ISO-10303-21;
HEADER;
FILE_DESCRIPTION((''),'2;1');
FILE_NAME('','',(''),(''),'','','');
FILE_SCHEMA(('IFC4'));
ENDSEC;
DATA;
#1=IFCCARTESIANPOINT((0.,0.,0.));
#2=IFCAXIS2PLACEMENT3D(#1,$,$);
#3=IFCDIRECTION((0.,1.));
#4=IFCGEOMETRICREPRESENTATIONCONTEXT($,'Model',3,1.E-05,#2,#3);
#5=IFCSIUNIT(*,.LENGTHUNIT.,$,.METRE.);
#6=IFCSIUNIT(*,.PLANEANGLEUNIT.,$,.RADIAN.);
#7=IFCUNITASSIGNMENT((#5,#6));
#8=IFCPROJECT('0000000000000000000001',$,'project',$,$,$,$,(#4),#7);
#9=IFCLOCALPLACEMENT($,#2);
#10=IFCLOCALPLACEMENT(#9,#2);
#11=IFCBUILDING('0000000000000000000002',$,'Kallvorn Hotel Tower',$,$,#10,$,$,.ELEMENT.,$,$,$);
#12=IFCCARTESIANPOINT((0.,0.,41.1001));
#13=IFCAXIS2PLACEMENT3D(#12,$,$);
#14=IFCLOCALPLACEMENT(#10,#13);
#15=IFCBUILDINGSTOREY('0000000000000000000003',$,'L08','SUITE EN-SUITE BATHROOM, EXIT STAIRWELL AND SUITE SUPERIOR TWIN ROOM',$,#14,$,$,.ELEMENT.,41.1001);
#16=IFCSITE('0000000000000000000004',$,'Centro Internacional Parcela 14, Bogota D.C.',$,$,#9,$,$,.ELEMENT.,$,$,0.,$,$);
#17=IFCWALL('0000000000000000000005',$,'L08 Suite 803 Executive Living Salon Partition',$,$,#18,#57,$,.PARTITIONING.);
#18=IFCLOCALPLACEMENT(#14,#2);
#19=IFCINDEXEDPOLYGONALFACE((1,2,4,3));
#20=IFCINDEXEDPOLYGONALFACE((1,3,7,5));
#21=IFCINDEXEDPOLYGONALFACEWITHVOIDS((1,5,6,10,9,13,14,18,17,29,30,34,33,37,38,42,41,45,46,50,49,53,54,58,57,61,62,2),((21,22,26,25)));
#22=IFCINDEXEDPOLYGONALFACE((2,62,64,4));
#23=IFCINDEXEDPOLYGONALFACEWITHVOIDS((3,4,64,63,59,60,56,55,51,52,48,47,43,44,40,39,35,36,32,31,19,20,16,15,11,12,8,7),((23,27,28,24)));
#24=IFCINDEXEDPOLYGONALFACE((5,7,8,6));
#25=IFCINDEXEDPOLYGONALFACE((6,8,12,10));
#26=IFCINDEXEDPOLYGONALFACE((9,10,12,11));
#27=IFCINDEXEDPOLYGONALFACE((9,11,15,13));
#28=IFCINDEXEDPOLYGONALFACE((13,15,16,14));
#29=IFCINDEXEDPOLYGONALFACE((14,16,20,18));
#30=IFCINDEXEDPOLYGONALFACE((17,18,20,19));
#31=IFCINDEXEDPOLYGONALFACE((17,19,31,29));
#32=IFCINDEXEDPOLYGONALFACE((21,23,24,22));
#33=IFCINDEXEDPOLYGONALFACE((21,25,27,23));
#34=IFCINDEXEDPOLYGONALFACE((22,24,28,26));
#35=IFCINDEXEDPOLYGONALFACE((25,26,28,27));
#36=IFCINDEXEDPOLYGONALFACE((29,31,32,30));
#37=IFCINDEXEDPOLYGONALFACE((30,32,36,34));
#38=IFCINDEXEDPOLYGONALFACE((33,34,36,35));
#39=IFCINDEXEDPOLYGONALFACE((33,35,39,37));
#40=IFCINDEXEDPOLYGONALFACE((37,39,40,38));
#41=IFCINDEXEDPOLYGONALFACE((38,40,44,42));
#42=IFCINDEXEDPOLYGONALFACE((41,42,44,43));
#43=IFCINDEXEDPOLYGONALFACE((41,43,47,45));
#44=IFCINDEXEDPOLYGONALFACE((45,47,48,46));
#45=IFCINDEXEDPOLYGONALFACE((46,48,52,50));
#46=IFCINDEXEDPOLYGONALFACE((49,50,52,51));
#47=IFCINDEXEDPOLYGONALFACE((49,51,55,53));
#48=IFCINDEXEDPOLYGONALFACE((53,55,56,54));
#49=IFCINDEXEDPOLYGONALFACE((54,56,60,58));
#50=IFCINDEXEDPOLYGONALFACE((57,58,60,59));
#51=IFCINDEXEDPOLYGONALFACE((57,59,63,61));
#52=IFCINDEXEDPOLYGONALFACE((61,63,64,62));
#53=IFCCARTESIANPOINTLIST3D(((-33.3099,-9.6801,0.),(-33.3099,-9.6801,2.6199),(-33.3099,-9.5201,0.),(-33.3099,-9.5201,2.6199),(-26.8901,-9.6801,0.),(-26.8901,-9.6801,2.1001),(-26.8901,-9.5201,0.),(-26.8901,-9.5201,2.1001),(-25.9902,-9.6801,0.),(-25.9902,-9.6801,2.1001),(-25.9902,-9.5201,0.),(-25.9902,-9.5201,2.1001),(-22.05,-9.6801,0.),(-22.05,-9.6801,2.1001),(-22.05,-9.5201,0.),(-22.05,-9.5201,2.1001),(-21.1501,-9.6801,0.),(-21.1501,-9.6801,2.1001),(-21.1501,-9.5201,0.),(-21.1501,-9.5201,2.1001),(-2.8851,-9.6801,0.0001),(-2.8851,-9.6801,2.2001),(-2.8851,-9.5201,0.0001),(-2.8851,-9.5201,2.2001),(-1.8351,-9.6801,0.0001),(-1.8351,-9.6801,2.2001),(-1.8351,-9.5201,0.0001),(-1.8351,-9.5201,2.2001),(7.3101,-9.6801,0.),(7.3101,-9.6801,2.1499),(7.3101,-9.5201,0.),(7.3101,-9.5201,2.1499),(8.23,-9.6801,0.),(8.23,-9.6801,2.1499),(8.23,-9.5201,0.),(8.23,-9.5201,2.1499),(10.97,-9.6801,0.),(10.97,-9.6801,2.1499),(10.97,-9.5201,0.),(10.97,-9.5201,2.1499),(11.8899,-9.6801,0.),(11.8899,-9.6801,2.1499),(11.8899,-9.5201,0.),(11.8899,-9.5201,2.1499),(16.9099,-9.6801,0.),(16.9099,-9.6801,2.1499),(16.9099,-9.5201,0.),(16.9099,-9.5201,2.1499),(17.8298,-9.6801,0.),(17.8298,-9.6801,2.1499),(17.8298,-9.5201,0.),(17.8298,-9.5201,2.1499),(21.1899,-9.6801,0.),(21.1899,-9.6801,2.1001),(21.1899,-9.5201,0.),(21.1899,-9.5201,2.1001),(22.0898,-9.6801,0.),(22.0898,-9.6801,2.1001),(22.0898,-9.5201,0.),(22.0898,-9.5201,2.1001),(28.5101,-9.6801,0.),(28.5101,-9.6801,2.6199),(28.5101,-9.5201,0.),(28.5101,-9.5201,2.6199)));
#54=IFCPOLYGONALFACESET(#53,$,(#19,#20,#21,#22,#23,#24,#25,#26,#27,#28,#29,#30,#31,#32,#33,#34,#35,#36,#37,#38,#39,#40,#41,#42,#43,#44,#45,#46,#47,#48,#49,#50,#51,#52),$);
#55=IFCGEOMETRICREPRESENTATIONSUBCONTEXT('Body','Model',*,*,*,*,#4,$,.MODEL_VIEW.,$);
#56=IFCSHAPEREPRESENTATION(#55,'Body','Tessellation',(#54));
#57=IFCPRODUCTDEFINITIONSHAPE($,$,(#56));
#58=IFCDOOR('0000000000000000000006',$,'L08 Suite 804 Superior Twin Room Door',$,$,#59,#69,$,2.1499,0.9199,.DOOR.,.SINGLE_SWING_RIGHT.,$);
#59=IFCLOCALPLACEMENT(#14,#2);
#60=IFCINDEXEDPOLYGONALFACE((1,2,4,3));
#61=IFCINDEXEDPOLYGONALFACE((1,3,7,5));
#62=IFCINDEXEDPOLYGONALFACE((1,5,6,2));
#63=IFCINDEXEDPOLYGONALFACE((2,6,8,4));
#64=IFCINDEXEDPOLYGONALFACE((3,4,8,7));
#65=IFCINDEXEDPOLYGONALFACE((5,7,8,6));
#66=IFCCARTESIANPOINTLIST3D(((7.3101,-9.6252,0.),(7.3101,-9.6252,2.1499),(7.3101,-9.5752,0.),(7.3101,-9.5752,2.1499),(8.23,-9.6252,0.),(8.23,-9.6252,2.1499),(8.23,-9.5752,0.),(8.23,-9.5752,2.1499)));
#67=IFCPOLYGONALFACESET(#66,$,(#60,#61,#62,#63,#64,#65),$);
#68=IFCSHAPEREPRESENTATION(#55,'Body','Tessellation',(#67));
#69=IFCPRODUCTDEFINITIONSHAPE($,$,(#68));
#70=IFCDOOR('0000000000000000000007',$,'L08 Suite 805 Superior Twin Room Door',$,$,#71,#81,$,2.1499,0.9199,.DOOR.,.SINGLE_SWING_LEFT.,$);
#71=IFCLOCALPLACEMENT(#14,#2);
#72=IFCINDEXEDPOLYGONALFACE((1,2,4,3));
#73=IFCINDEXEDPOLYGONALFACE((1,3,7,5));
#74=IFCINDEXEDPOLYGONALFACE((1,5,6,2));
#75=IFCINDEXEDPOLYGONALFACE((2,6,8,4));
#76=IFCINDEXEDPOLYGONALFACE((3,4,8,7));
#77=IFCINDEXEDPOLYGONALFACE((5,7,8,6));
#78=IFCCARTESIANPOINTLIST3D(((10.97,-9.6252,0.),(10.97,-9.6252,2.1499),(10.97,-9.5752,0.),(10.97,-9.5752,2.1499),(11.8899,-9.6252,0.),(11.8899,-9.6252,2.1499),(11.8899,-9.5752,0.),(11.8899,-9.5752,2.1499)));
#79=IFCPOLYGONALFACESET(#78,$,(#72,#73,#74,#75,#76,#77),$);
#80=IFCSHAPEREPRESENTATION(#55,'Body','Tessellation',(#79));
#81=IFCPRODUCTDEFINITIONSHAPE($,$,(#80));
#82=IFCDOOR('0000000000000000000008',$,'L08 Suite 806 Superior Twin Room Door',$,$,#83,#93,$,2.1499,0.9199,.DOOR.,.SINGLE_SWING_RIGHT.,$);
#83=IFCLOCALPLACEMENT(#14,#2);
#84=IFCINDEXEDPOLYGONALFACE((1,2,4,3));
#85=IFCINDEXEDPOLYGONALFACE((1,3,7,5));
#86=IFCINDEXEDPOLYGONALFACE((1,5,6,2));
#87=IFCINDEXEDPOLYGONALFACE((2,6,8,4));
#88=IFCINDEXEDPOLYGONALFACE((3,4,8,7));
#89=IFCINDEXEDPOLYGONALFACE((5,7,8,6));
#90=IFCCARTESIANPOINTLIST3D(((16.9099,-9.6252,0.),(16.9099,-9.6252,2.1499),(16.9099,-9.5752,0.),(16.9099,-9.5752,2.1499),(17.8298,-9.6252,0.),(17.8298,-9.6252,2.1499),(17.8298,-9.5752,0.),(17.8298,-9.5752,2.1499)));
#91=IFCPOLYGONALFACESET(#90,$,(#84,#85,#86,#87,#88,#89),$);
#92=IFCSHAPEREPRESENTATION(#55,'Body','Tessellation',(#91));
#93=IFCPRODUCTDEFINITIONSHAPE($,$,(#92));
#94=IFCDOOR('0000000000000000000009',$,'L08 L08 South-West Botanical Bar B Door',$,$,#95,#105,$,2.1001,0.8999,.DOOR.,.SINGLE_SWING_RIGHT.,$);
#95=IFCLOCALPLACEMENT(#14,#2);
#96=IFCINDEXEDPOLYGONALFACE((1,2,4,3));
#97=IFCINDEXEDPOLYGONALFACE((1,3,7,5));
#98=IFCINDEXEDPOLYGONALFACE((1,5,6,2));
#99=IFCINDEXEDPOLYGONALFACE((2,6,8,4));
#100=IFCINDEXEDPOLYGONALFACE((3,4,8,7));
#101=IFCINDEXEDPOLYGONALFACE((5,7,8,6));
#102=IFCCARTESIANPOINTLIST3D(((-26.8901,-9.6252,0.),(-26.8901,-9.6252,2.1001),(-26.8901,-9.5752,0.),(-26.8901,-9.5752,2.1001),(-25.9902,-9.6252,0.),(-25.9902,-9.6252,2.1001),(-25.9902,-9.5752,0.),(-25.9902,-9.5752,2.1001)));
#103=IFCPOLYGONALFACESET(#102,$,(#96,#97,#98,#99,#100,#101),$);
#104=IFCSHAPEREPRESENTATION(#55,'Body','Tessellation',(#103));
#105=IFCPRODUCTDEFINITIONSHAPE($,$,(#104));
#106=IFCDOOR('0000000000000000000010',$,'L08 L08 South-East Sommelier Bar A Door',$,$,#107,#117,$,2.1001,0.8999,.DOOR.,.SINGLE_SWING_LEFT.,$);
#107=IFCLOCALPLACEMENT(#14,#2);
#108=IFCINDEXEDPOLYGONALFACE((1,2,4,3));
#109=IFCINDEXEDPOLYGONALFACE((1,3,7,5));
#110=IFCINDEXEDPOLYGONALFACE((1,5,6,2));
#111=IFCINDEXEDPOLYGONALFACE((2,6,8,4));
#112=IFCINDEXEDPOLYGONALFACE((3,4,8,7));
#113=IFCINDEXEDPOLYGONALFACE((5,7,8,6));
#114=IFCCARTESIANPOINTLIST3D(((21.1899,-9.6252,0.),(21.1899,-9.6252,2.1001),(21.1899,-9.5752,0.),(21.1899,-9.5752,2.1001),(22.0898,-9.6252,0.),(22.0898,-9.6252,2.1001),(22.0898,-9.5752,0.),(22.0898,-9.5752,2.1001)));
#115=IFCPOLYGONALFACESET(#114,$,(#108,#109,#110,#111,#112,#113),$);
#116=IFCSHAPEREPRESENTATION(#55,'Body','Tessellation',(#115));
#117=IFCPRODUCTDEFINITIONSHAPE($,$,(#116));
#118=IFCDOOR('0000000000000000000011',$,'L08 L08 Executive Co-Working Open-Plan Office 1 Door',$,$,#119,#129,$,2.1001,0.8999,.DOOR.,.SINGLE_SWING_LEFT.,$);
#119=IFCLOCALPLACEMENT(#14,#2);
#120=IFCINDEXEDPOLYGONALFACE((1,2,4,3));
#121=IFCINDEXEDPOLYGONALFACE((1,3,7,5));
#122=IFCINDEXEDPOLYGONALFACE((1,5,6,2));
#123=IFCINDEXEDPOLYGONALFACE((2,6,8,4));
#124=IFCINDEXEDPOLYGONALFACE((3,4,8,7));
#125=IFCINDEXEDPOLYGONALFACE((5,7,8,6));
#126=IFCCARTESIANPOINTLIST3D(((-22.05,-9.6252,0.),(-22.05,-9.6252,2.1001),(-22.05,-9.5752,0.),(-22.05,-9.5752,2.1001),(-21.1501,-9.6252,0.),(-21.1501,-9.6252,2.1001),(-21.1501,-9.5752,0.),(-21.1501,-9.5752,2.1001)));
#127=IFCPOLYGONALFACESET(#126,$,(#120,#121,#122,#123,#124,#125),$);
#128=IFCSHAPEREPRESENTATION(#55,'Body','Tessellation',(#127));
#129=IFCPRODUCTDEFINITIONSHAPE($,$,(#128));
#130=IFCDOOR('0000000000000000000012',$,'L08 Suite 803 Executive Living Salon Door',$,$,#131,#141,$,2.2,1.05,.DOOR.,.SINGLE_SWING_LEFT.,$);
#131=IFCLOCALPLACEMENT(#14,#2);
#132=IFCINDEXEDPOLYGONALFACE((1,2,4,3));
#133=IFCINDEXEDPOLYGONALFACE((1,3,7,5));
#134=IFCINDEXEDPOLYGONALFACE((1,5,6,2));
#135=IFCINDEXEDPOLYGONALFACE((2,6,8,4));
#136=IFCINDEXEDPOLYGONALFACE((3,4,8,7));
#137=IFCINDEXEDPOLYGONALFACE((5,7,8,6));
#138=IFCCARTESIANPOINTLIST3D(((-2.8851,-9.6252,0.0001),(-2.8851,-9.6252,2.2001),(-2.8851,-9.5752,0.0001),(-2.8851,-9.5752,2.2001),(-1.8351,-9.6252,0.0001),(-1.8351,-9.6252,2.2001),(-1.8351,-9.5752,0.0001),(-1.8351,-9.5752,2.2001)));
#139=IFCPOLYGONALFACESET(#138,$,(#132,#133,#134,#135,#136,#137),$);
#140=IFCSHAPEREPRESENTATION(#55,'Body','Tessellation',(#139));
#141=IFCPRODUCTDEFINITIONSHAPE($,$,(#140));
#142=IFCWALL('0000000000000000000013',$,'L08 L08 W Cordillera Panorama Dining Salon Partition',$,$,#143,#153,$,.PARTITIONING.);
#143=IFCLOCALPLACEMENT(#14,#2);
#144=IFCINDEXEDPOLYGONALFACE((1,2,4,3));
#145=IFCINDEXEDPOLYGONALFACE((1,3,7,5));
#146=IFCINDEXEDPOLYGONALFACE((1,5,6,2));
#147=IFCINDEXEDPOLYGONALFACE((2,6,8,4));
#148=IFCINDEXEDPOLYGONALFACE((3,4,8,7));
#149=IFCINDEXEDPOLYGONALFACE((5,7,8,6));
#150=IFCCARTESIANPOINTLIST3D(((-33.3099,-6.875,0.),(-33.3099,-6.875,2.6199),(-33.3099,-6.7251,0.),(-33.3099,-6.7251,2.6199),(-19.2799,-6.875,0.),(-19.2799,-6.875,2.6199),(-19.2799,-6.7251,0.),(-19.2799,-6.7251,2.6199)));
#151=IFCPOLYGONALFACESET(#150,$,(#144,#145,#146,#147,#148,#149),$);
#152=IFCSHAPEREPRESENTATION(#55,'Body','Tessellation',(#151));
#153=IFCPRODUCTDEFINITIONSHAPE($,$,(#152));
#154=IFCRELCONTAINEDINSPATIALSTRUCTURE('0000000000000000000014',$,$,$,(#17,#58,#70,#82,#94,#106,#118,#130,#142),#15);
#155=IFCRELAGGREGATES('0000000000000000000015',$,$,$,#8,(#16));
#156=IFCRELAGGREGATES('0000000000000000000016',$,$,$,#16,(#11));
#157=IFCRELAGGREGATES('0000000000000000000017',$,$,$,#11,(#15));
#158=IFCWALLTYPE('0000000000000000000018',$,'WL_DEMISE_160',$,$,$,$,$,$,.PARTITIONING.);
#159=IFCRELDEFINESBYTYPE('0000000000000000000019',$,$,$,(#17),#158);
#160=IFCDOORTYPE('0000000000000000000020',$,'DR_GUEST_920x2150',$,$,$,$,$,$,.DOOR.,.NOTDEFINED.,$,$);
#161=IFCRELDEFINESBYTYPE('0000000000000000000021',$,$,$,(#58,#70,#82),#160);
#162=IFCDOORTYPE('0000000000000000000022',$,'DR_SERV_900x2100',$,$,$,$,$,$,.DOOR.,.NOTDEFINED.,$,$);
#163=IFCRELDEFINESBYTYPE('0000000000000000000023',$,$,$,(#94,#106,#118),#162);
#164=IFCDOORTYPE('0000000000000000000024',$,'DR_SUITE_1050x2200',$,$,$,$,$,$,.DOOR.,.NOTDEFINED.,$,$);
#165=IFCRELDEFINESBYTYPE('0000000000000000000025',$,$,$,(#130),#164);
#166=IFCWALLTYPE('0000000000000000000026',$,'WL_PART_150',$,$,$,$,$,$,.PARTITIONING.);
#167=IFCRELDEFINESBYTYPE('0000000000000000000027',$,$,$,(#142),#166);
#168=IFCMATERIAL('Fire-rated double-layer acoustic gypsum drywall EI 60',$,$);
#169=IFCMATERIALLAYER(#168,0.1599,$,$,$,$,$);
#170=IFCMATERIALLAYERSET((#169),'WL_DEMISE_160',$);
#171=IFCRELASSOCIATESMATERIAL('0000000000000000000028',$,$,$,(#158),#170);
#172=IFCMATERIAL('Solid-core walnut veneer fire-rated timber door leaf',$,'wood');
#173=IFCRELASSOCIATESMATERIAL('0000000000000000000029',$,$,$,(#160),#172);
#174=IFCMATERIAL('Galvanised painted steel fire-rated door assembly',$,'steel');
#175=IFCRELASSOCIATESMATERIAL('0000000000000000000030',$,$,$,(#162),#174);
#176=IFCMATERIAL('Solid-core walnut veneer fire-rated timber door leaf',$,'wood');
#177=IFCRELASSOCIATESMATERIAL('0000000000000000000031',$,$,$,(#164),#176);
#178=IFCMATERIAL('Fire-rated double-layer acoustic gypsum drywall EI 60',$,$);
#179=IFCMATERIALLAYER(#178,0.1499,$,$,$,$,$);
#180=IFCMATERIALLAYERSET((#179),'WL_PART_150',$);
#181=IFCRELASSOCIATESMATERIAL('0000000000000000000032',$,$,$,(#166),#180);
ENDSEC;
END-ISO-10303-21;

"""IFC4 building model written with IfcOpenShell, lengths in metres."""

from ifc_helpers import new_model, si_unit, direction, frame, frame_2d, origin, place, context, subcontext, project, spatial, rectangle, extrude, material, layer, layer_set, type_object, element, fill, save


model = new_model("IFC4")

# Units and contexts
model_context = context("Model", 3, precision=1e-05, world=origin(), true_north=direction((0.0, 1.0)))
body_context = subcontext(model_context, "Body", "Model", "MODEL_VIEW")
ifc_project = project(units=[si_unit("LENGTHUNIT", "METRE"), si_unit("PLANEANGLEUNIT", "RADIAN")], contexts=[model_context])

# Site, building, storey
site_placement = place(None, origin())
site = spatial("IfcSite", under=ifc_project, at=site_placement, Name="Centro Internacional Parcela 14, Bogota D.C.", CompositionType="ELEMENT", RefElevation=0.0)
building_placement = place(site_placement, origin())
building = spatial("IfcBuilding", under=site, at=building_placement, Name="Kallvorn Hotel Tower", CompositionType="ELEMENT")
storey_placement = place(building_placement, frame((0.0, 0.0, 41.1001)))
storey = spatial("IfcBuildingStorey", under=building, at=storey_placement, Name="L08", Description="SUITE EN-SUITE BATHROOM, EXIT STAIRWELL AND SUITE SUPERIOR TWIN ROOM", CompositionType="ELEMENT", Elevation=41.1001)

# Wall, openings, doors
ifc_material_1 = material(Name="Fire-rated double-layer acoustic gypsum drywall EI 60")
ifc_layer_1 = layer(ifc_material_1, 0.1599)
ifc_layer_set_1 = layer_set([ifc_layer_1], Name="WL_DEMISE_160")
wall_type_1 = type_object("IfcWallType", Name="WL_DEMISE_160", PredefinedType="PARTITIONING", material=ifc_layer_set_1)
wall_1_placement = place(storey_placement, frame((-33.3101, -9.6001, 0.0), z_axis=(0.0, 0.0, 1.0), x_axis=(1.0, 0.0, 0.0)))
wall_1 = element("IfcWall", 1, at=wall_1_placement, inside=storey, type_object=wall_type_1, Name="L08 Suite 803 Executive Living Salon Partition", PredefinedType="PARTITIONING", context=body_context, shape_type="SweptSolid", body=[
    extrude(rectangle(XDim=61.8201, YDim=0.1599, at=frame_2d((30.9102, 0.0))), origin(), (0.0, 0.0, 1.0), 2.6199),
])
opening_1_placement = place(wall_1_placement, frame((6.4199, 0.0, 0.0)))
opening_1 = element("IfcOpeningElement", 2, at=opening_1_placement, cuts=wall_1, PredefinedType="OPENING", context=body_context, shape_type="SweptSolid", body=[
    extrude(rectangle(XDim=0.8999, YDim=2.1001, at=frame_2d((0.45, 1.05))), frame((0.0, 0.095, 0.0), z_axis=(0.0, -1.0, 0.0), x_axis=(1.0, 0.0, 0.0)), (0.0, 0.0, 1.0), 0.1899),
])
opening_2_placement = place(wall_1_placement, frame((54.5, 0.0, 0.0)))
opening_2 = element("IfcOpeningElement", 3, at=opening_2_placement, cuts=wall_1, PredefinedType="OPENING", context=body_context, shape_type="SweptSolid", body=[
    extrude(rectangle(XDim=0.8999, YDim=2.1001, at=frame_2d((0.45, 1.05))), frame((0.0, 0.095, 0.0), z_axis=(0.0, -1.0, 0.0), x_axis=(1.0, 0.0, 0.0)), (0.0, 0.0, 1.0), 0.1899),
])
opening_3_placement = place(wall_1_placement, frame((11.26, 0.0, 0.0)))
opening_3 = element("IfcOpeningElement", 4, at=opening_3_placement, cuts=wall_1, PredefinedType="OPENING", context=body_context, shape_type="SweptSolid", body=[
    extrude(rectangle(XDim=0.8999, YDim=2.1001, at=frame_2d((0.45, 1.05))), frame((0.0, 0.095, 0.0), z_axis=(0.0, -1.0, 0.0), x_axis=(1.0, 0.0, 0.0)), (0.0, 0.0, 1.0), 0.1899),
])
opening_4_placement = place(wall_1_placement, frame((30.425, 0.0, 0.0)))
opening_4 = element("IfcOpeningElement", 5, at=opening_4_placement, cuts=wall_1, PredefinedType="OPENING", context=body_context, shape_type="SweptSolid", body=[
    extrude(rectangle(XDim=1.05, YDim=2.2, at=frame_2d((0.5249, 1.1001))), frame((0.0, 0.095, 0.0), z_axis=(0.0, -1.0, 0.0), x_axis=(1.0, 0.0, 0.0)), (0.0, 0.0, 1.0), 0.1899),
])
opening_5_placement = place(wall_1_placement, frame((40.6201, 0.0, 0.0)))
opening_5 = element("IfcOpeningElement", 6, at=opening_5_placement, cuts=wall_1, PredefinedType="OPENING", context=body_context, shape_type="SweptSolid", body=[
    extrude(rectangle(XDim=0.9199, YDim=2.1499, at=frame_2d((0.46, 1.075))), frame((0.0, 0.095, 0.0), z_axis=(0.0, -1.0, 0.0), x_axis=(1.0, 0.0, 0.0)), (0.0, 0.0, 1.0), 0.1899),
])
opening_6_placement = place(wall_1_placement, frame((44.28, 0.0, 0.0)))
opening_6 = element("IfcOpeningElement", 7, at=opening_6_placement, cuts=wall_1, PredefinedType="OPENING", context=body_context, shape_type="SweptSolid", body=[
    extrude(rectangle(XDim=0.9199, YDim=2.1499, at=frame_2d((0.46, 1.075))), frame((0.0, 0.095, 0.0), z_axis=(0.0, -1.0, 0.0), x_axis=(1.0, 0.0, 0.0)), (0.0, 0.0, 1.0), 0.1899),
])
opening_7_placement = place(wall_1_placement, frame((50.22, 0.0, 0.0)))
opening_7 = element("IfcOpeningElement", 8, at=opening_7_placement, cuts=wall_1, PredefinedType="OPENING", context=body_context, shape_type="SweptSolid", body=[
    extrude(rectangle(XDim=0.9199, YDim=2.1499, at=frame_2d((0.46, 1.075))), frame((0.0, 0.095, 0.0), z_axis=(0.0, -1.0, 0.0), x_axis=(1.0, 0.0, 0.0)), (0.0, 0.0, 1.0), 0.1899),
])
ifc_material_2 = material(Name="Solid-core walnut veneer fire-rated timber door leaf", Category="wood")
door_type_1 = type_object("IfcDoorType", Name="DR_GUEST_920x2150", OperationType="NOTDEFINED", PredefinedType="DOOR", material=ifc_material_2)
door_1_placement = place(opening_5_placement, origin())
door_1 = element("IfcDoor", 9, at=door_1_placement, inside=storey, type_object=door_type_1, Name="L08 Suite 804 Superior Twin Room Door", OperationType="SINGLE_SWING_RIGHT", OverallHeight=2.1499, OverallWidth=0.9199, PredefinedType="DOOR", context=body_context, shape_type="SweptSolid", body=[
    extrude(rectangle(XDim=0.9199, YDim=2.1499, at=frame_2d((0.46, 1.075))), frame((0.0, 0.0249, 0.0), z_axis=(0.0, -1.0, 0.0), x_axis=(1.0, 0.0, 0.0)), (0.0, 0.0, 1.0), 0.05),
])
fill(opening_5, door_1)
door_2_placement = place(opening_6_placement, origin())
door_2 = element("IfcDoor", 10, at=door_2_placement, inside=storey, type_object=door_type_1, Name="L08 Suite 805 Superior Twin Room Door", OperationType="SINGLE_SWING_LEFT", OverallHeight=2.1499, OverallWidth=0.9199, PredefinedType="DOOR", context=body_context, shape_type="SweptSolid", body=[
    extrude(rectangle(XDim=0.9199, YDim=2.1499, at=frame_2d((0.46, 1.075))), frame((0.0, 0.0249, 0.0), z_axis=(0.0, -1.0, 0.0), x_axis=(1.0, 0.0, 0.0)), (0.0, 0.0, 1.0), 0.05),
])
fill(opening_6, door_2)
door_3_placement = place(opening_7_placement, origin())
door_3 = element("IfcDoor", 11, at=door_3_placement, inside=storey, type_object=door_type_1, Name="L08 Suite 806 Superior Twin Room Door", OperationType="SINGLE_SWING_RIGHT", OverallHeight=2.1499, OverallWidth=0.9199, PredefinedType="DOOR", context=body_context, shape_type="SweptSolid", body=[
    extrude(rectangle(XDim=0.9199, YDim=2.1499, at=frame_2d((0.46, 1.075))), frame((0.0, 0.0249, 0.0), z_axis=(0.0, -1.0, 0.0), x_axis=(1.0, 0.0, 0.0)), (0.0, 0.0, 1.0), 0.05),
])
fill(opening_7, door_3)
ifc_material_3 = material(Name="Galvanised painted steel fire-rated door assembly", Category="steel")
door_type_2 = type_object("IfcDoorType", Name="DR_SERV_900x2100", OperationType="NOTDEFINED", PredefinedType="DOOR", material=ifc_material_3)
door_4_placement = place(opening_1_placement, origin())
door_4 = element("IfcDoor", 12, at=door_4_placement, inside=storey, type_object=door_type_2, Name="L08 L08 South-West Botanical Bar B Door", OperationType="SINGLE_SWING_RIGHT", OverallHeight=2.1001, OverallWidth=0.8999, PredefinedType="DOOR", context=body_context, shape_type="SweptSolid", body=[
    extrude(rectangle(XDim=0.8999, YDim=2.1001, at=frame_2d((0.45, 1.05))), frame((0.0, 0.0249, 0.0), z_axis=(0.0, -1.0, 0.0), x_axis=(1.0, 0.0, 0.0)), (0.0, 0.0, 1.0), 0.05),
])
fill(opening_1, door_4)
door_5_placement = place(opening_2_placement, origin())
door_5 = element("IfcDoor", 13, at=door_5_placement, inside=storey, type_object=door_type_2, Name="L08 L08 South-East Sommelier Bar A Door", OperationType="SINGLE_SWING_LEFT", OverallHeight=2.1001, OverallWidth=0.8999, PredefinedType="DOOR", context=body_context, shape_type="SweptSolid", body=[
    extrude(rectangle(XDim=0.8999, YDim=2.1001, at=frame_2d((0.45, 1.05))), frame((0.0, 0.0249, 0.0), z_axis=(0.0, -1.0, 0.0), x_axis=(1.0, 0.0, 0.0)), (0.0, 0.0, 1.0), 0.05),
])
fill(opening_2, door_5)
door_6_placement = place(opening_3_placement, origin())
door_6 = element("IfcDoor", 14, at=door_6_placement, inside=storey, type_object=door_type_2, Name="L08 L08 Executive Co-Working Open-Plan Office 1 Door", OperationType="SINGLE_SWING_LEFT", OverallHeight=2.1001, OverallWidth=0.8999, PredefinedType="DOOR", context=body_context, shape_type="SweptSolid", body=[
    extrude(rectangle(XDim=0.8999, YDim=2.1001, at=frame_2d((0.45, 1.05))), frame((0.0, 0.0249, 0.0), z_axis=(0.0, -1.0, 0.0), x_axis=(1.0, 0.0, 0.0)), (0.0, 0.0, 1.0), 0.05),
])
fill(opening_3, door_6)
ifc_material_4 = material(Name="Solid-core walnut veneer fire-rated timber door leaf", Category="wood")
door_type_3 = type_object("IfcDoorType", Name="DR_SUITE_1050x2200", OperationType="NOTDEFINED", PredefinedType="DOOR", material=ifc_material_4)
door_7_placement = place(opening_4_placement, origin())
door_7 = element("IfcDoor", 15, at=door_7_placement, inside=storey, type_object=door_type_3, Name="L08 Suite 803 Executive Living Salon Door", OperationType="SINGLE_SWING_LEFT", OverallHeight=2.2, OverallWidth=1.05, PredefinedType="DOOR", context=body_context, shape_type="SweptSolid", body=[
    extrude(rectangle(XDim=1.05, YDim=2.2, at=frame_2d((0.5249, 1.1001))), frame((0.0, 0.0249, 0.0), z_axis=(0.0, -1.0, 0.0), x_axis=(1.0, 0.0, 0.0)), (0.0, 0.0, 1.0), 0.05),
])
fill(opening_4, door_7)

# Wall
ifc_material_5 = material(Name="Fire-rated double-layer acoustic gypsum drywall EI 60")
ifc_layer_2 = layer(ifc_material_5, 0.1499)
ifc_layer_set_2 = layer_set([ifc_layer_2], Name="WL_PART_150")
wall_type_2 = type_object("IfcWallType", Name="WL_PART_150", PredefinedType="PARTITIONING", material=ifc_layer_set_2)
wall_2_placement = place(storey_placement, frame((-33.3101, -6.8, 0.0), z_axis=(0.0, 0.0, 1.0), x_axis=(1.0, 0.0, 0.0)))
element("IfcWall", 16, at=wall_2_placement, inside=storey, type_object=wall_type_2, Name="L08 L08 W Cordillera Panorama Dining Salon Partition", PredefinedType="PARTITIONING", context=body_context, shape_type="SweptSolid", body=[
    extrude(rectangle(XDim=14.03, YDim=0.1499, at=frame_2d((7.0151, 0.0))), origin(), (0.0, 0.0, 1.0), 2.6199),
])

save(model, "model.ifc")
